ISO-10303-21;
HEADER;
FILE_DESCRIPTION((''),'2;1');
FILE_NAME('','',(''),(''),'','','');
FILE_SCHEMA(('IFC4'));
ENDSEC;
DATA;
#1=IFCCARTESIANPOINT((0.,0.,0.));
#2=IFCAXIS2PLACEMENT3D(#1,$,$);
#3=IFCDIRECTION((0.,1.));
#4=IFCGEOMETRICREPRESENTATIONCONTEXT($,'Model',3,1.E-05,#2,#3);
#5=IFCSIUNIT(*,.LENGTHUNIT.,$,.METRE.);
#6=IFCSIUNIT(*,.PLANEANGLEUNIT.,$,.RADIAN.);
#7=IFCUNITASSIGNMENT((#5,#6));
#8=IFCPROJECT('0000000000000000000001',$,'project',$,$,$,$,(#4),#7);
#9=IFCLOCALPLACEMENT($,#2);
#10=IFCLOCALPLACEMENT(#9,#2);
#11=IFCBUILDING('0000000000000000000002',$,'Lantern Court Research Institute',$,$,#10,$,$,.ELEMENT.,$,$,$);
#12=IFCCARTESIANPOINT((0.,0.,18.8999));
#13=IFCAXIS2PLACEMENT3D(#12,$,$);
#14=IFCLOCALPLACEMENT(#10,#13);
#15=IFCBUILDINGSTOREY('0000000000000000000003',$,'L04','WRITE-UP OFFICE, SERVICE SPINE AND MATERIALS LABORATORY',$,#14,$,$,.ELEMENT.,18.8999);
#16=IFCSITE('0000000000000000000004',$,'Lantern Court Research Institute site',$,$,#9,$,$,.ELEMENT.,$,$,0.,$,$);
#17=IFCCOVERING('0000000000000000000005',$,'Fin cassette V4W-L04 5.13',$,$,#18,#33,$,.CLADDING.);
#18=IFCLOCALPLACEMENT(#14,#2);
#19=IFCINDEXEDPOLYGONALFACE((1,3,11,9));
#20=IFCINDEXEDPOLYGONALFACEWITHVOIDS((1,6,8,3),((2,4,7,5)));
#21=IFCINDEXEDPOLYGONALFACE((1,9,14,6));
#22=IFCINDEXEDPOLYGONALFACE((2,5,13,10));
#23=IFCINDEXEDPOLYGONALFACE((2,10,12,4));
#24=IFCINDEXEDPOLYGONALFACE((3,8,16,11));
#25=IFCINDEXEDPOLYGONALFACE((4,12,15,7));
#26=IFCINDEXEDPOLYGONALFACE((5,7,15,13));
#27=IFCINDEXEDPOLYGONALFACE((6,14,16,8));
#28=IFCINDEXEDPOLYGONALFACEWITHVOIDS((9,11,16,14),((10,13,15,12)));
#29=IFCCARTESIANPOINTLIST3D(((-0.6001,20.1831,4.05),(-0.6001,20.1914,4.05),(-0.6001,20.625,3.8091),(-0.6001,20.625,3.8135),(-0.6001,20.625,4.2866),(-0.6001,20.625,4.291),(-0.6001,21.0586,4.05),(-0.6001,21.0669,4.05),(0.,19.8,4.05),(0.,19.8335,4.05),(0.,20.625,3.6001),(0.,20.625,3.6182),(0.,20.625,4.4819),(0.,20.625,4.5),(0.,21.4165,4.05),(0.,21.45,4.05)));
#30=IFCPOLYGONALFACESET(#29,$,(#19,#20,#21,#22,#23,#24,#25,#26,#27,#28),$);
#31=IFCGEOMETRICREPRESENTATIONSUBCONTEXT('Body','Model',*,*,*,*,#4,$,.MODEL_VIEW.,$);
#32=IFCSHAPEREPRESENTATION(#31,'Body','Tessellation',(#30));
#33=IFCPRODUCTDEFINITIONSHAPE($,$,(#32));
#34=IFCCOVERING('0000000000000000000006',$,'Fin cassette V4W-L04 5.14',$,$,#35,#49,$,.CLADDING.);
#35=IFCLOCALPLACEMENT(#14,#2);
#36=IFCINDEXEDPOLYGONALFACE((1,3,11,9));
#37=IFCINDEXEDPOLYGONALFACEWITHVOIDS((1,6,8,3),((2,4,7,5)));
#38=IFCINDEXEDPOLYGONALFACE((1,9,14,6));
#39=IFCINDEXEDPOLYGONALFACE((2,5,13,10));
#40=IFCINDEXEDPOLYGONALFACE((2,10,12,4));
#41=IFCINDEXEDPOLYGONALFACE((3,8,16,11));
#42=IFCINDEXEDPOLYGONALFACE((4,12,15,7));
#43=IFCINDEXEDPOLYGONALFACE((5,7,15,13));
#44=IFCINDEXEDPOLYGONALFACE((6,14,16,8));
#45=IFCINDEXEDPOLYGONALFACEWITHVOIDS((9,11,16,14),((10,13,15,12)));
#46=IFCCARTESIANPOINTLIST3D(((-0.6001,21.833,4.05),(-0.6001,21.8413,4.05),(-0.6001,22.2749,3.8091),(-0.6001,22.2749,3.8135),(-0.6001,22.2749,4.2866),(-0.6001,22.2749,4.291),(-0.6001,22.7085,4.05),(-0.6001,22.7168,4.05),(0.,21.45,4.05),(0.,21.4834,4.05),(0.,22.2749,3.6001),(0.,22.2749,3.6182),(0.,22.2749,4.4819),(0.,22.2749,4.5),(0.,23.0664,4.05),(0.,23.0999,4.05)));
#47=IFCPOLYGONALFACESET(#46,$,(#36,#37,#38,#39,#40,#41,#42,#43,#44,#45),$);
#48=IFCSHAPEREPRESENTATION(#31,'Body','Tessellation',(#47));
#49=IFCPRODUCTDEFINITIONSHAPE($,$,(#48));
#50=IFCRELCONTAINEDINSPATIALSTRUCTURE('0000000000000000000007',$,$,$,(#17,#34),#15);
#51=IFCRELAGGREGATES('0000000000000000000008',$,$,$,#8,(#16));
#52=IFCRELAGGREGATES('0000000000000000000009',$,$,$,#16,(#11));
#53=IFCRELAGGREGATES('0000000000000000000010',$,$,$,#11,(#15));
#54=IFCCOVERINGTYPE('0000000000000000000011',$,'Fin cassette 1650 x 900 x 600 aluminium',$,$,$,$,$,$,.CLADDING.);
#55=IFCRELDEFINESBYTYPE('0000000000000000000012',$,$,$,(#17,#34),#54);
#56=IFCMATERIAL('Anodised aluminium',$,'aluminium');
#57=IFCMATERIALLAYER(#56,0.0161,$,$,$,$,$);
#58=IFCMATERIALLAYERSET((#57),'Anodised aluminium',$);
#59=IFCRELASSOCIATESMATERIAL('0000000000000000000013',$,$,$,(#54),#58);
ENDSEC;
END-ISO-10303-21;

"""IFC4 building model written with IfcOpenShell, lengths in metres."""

from ifc_helpers import new_model, entity, si_unit, direction, frame, origin, place, context, subcontext, project, spatial, material, layer, layer_set, type_object, element, save


model = new_model("IFC4")

# Units and contexts
model_context = context("Model", 3, precision=1e-05, world=origin(), true_north=direction((0.0, 1.0)))
body_context = subcontext(model_context, "Body", "Model", "MODEL_VIEW")
ifc_project = project(units=[si_unit("LENGTHUNIT", "METRE"), si_unit("PLANEANGLEUNIT", "RADIAN")], contexts=[model_context])

# Site, building, storey
site_placement = place(None, origin())
site = spatial("IfcSite", under=ifc_project, at=site_placement, Name="Lantern Court Research Institute site", CompositionType="ELEMENT", RefElevation=0.0)
building_placement = place(site_placement, origin())
building = spatial("IfcBuilding", under=site, at=building_placement, Name="Lantern Court Research Institute", CompositionType="ELEMENT")
storey_placement = place(building_placement, frame((0.0, 0.0, 18.8999)))
storey = spatial("IfcBuildingStorey", under=building, at=storey_placement, Name="L04", Description="WRITE-UP OFFICE, SERVICE SPINE AND MATERIALS LABORATORY", CompositionType="ELEMENT", Elevation=18.8999)

# Coverings
ifc_material_1 = material(Name="Anodised aluminium", Category="aluminium")
ifc_layer_1 = layer(ifc_material_1, 0.0161)
ifc_layer_set_1 = layer_set([ifc_layer_1], Name="Anodised aluminium")
covering_type = type_object("IfcCoveringType", Name="Fin cassette 1650 x 900 x 600 aluminium", PredefinedType="CLADDING", material=ifc_layer_set_1)
covering_1_placement = place(storey_placement, frame((0.0, 20.625, 4.05), z_axis=(-1.0, 0.0, 0.0), x_axis=(0.0, -1.0, 0.0)))
cartesian_point_1 = entity("IfcCartesianPoint", [0.825, 0.0])
cartesian_point_2 = entity("IfcCartesianPoint", [0.7915, 0.0])
cartesian_point_3 = entity("IfcCartesianPoint", [0.4419, 0.0])
cartesian_point_4 = entity("IfcCartesianPoint", [0.4336, 0.0])
element("IfcCovering", 1, at=covering_1_placement, inside=storey, type_object=covering_type, Name="Fin cassette V4W-L04 5.13", PredefinedType="CLADDING", context=body_context, shape_type="SweptSolid", body=[
    entity("IfcExtrudedAreaSolidTapered", entity("IfcArbitraryProfileDefWithVoids", "AREA", None, entity("IfcPolyline", [cartesian_point_1, entity("IfcCartesianPoint", [0.0, 0.45]), entity("IfcCartesianPoint", [-0.825, 0.0]), entity("IfcCartesianPoint", [0.0, -0.45]), cartesian_point_1]), [entity("IfcPolyline", [cartesian_point_2, entity("IfcCartesianPoint", [0.0, 0.4319]), entity("IfcCartesianPoint", [-0.7915, 0.0]), entity("IfcCartesianPoint", [0.0, -0.4319]), cartesian_point_2])]), entity("IfcAxis2Placement3D", entity("IfcCartesianPoint", [0.0, 0.0, 0.0])), entity("IfcDirection", [0.0, 0.0, 1.0]), 0.6001, entity("IfcArbitraryProfileDefWithVoids", "AREA", None, entity("IfcPolyline", [cartesian_point_3, entity("IfcCartesianPoint", [0.0, 0.241]), entity("IfcCartesianPoint", [-0.4419, 0.0]), entity("IfcCartesianPoint", [0.0, -0.241]), cartesian_point_3]), [entity("IfcPolyline", [cartesian_point_4, entity("IfcCartesianPoint", [0.0, 0.2366]), entity("IfcCartesianPoint", [-0.4336, 0.0]), entity("IfcCartesianPoint", [0.0, -0.2366]), cartesian_point_4])])),
])
covering_2_placement = place(storey_placement, frame((0.0, 22.2749, 4.05), z_axis=(-1.0, 0.0, 0.0), x_axis=(0.0, -1.0, 0.0)))
cartesian_point_5 = entity("IfcCartesianPoint", [0.825, 0.0])
cartesian_point_6 = entity("IfcCartesianPoint", [0.7915, 0.0])
cartesian_point_7 = entity("IfcCartesianPoint", [0.4419, 0.0])
cartesian_point_8 = entity("IfcCartesianPoint", [0.4336, 0.0])
element("IfcCovering", 2, at=covering_2_placement, inside=storey, type_object=covering_type, Name="Fin cassette V4W-L04 5.14", PredefinedType="CLADDING", context=body_context, shape_type="SweptSolid", body=[
    entity("IfcExtrudedAreaSolidTapered", entity("IfcArbitraryProfileDefWithVoids", "AREA", None, entity("IfcPolyline", [cartesian_point_5, entity("IfcCartesianPoint", [0.0, 0.45]), entity("IfcCartesianPoint", [-0.825, 0.0]), entity("IfcCartesianPoint", [0.0, -0.45]), cartesian_point_5]), [entity("IfcPolyline", [cartesian_point_6, entity("IfcCartesianPoint", [0.0, 0.4319]), entity("IfcCartesianPoint", [-0.7915, 0.0]), entity("IfcCartesianPoint", [0.0, -0.4319]), cartesian_point_6])]), entity("IfcAxis2Placement3D", entity("IfcCartesianPoint", [0.0, 0.0, 0.0])), entity("IfcDirection", [0.0, 0.0, 1.0]), 0.6001, entity("IfcArbitraryProfileDefWithVoids", "AREA", None, entity("IfcPolyline", [cartesian_point_7, entity("IfcCartesianPoint", [0.0, 0.241]), entity("IfcCartesianPoint", [-0.4419, 0.0]), entity("IfcCartesianPoint", [0.0, -0.241]), cartesian_point_7]), [entity("IfcPolyline", [cartesian_point_8, entity("IfcCartesianPoint", [0.0, 0.2366]), entity("IfcCartesianPoint", [-0.4336, 0.0]), entity("IfcCartesianPoint", [0.0, -0.2366]), cartesian_point_8])])),
])

save(model, "model.ifc")
